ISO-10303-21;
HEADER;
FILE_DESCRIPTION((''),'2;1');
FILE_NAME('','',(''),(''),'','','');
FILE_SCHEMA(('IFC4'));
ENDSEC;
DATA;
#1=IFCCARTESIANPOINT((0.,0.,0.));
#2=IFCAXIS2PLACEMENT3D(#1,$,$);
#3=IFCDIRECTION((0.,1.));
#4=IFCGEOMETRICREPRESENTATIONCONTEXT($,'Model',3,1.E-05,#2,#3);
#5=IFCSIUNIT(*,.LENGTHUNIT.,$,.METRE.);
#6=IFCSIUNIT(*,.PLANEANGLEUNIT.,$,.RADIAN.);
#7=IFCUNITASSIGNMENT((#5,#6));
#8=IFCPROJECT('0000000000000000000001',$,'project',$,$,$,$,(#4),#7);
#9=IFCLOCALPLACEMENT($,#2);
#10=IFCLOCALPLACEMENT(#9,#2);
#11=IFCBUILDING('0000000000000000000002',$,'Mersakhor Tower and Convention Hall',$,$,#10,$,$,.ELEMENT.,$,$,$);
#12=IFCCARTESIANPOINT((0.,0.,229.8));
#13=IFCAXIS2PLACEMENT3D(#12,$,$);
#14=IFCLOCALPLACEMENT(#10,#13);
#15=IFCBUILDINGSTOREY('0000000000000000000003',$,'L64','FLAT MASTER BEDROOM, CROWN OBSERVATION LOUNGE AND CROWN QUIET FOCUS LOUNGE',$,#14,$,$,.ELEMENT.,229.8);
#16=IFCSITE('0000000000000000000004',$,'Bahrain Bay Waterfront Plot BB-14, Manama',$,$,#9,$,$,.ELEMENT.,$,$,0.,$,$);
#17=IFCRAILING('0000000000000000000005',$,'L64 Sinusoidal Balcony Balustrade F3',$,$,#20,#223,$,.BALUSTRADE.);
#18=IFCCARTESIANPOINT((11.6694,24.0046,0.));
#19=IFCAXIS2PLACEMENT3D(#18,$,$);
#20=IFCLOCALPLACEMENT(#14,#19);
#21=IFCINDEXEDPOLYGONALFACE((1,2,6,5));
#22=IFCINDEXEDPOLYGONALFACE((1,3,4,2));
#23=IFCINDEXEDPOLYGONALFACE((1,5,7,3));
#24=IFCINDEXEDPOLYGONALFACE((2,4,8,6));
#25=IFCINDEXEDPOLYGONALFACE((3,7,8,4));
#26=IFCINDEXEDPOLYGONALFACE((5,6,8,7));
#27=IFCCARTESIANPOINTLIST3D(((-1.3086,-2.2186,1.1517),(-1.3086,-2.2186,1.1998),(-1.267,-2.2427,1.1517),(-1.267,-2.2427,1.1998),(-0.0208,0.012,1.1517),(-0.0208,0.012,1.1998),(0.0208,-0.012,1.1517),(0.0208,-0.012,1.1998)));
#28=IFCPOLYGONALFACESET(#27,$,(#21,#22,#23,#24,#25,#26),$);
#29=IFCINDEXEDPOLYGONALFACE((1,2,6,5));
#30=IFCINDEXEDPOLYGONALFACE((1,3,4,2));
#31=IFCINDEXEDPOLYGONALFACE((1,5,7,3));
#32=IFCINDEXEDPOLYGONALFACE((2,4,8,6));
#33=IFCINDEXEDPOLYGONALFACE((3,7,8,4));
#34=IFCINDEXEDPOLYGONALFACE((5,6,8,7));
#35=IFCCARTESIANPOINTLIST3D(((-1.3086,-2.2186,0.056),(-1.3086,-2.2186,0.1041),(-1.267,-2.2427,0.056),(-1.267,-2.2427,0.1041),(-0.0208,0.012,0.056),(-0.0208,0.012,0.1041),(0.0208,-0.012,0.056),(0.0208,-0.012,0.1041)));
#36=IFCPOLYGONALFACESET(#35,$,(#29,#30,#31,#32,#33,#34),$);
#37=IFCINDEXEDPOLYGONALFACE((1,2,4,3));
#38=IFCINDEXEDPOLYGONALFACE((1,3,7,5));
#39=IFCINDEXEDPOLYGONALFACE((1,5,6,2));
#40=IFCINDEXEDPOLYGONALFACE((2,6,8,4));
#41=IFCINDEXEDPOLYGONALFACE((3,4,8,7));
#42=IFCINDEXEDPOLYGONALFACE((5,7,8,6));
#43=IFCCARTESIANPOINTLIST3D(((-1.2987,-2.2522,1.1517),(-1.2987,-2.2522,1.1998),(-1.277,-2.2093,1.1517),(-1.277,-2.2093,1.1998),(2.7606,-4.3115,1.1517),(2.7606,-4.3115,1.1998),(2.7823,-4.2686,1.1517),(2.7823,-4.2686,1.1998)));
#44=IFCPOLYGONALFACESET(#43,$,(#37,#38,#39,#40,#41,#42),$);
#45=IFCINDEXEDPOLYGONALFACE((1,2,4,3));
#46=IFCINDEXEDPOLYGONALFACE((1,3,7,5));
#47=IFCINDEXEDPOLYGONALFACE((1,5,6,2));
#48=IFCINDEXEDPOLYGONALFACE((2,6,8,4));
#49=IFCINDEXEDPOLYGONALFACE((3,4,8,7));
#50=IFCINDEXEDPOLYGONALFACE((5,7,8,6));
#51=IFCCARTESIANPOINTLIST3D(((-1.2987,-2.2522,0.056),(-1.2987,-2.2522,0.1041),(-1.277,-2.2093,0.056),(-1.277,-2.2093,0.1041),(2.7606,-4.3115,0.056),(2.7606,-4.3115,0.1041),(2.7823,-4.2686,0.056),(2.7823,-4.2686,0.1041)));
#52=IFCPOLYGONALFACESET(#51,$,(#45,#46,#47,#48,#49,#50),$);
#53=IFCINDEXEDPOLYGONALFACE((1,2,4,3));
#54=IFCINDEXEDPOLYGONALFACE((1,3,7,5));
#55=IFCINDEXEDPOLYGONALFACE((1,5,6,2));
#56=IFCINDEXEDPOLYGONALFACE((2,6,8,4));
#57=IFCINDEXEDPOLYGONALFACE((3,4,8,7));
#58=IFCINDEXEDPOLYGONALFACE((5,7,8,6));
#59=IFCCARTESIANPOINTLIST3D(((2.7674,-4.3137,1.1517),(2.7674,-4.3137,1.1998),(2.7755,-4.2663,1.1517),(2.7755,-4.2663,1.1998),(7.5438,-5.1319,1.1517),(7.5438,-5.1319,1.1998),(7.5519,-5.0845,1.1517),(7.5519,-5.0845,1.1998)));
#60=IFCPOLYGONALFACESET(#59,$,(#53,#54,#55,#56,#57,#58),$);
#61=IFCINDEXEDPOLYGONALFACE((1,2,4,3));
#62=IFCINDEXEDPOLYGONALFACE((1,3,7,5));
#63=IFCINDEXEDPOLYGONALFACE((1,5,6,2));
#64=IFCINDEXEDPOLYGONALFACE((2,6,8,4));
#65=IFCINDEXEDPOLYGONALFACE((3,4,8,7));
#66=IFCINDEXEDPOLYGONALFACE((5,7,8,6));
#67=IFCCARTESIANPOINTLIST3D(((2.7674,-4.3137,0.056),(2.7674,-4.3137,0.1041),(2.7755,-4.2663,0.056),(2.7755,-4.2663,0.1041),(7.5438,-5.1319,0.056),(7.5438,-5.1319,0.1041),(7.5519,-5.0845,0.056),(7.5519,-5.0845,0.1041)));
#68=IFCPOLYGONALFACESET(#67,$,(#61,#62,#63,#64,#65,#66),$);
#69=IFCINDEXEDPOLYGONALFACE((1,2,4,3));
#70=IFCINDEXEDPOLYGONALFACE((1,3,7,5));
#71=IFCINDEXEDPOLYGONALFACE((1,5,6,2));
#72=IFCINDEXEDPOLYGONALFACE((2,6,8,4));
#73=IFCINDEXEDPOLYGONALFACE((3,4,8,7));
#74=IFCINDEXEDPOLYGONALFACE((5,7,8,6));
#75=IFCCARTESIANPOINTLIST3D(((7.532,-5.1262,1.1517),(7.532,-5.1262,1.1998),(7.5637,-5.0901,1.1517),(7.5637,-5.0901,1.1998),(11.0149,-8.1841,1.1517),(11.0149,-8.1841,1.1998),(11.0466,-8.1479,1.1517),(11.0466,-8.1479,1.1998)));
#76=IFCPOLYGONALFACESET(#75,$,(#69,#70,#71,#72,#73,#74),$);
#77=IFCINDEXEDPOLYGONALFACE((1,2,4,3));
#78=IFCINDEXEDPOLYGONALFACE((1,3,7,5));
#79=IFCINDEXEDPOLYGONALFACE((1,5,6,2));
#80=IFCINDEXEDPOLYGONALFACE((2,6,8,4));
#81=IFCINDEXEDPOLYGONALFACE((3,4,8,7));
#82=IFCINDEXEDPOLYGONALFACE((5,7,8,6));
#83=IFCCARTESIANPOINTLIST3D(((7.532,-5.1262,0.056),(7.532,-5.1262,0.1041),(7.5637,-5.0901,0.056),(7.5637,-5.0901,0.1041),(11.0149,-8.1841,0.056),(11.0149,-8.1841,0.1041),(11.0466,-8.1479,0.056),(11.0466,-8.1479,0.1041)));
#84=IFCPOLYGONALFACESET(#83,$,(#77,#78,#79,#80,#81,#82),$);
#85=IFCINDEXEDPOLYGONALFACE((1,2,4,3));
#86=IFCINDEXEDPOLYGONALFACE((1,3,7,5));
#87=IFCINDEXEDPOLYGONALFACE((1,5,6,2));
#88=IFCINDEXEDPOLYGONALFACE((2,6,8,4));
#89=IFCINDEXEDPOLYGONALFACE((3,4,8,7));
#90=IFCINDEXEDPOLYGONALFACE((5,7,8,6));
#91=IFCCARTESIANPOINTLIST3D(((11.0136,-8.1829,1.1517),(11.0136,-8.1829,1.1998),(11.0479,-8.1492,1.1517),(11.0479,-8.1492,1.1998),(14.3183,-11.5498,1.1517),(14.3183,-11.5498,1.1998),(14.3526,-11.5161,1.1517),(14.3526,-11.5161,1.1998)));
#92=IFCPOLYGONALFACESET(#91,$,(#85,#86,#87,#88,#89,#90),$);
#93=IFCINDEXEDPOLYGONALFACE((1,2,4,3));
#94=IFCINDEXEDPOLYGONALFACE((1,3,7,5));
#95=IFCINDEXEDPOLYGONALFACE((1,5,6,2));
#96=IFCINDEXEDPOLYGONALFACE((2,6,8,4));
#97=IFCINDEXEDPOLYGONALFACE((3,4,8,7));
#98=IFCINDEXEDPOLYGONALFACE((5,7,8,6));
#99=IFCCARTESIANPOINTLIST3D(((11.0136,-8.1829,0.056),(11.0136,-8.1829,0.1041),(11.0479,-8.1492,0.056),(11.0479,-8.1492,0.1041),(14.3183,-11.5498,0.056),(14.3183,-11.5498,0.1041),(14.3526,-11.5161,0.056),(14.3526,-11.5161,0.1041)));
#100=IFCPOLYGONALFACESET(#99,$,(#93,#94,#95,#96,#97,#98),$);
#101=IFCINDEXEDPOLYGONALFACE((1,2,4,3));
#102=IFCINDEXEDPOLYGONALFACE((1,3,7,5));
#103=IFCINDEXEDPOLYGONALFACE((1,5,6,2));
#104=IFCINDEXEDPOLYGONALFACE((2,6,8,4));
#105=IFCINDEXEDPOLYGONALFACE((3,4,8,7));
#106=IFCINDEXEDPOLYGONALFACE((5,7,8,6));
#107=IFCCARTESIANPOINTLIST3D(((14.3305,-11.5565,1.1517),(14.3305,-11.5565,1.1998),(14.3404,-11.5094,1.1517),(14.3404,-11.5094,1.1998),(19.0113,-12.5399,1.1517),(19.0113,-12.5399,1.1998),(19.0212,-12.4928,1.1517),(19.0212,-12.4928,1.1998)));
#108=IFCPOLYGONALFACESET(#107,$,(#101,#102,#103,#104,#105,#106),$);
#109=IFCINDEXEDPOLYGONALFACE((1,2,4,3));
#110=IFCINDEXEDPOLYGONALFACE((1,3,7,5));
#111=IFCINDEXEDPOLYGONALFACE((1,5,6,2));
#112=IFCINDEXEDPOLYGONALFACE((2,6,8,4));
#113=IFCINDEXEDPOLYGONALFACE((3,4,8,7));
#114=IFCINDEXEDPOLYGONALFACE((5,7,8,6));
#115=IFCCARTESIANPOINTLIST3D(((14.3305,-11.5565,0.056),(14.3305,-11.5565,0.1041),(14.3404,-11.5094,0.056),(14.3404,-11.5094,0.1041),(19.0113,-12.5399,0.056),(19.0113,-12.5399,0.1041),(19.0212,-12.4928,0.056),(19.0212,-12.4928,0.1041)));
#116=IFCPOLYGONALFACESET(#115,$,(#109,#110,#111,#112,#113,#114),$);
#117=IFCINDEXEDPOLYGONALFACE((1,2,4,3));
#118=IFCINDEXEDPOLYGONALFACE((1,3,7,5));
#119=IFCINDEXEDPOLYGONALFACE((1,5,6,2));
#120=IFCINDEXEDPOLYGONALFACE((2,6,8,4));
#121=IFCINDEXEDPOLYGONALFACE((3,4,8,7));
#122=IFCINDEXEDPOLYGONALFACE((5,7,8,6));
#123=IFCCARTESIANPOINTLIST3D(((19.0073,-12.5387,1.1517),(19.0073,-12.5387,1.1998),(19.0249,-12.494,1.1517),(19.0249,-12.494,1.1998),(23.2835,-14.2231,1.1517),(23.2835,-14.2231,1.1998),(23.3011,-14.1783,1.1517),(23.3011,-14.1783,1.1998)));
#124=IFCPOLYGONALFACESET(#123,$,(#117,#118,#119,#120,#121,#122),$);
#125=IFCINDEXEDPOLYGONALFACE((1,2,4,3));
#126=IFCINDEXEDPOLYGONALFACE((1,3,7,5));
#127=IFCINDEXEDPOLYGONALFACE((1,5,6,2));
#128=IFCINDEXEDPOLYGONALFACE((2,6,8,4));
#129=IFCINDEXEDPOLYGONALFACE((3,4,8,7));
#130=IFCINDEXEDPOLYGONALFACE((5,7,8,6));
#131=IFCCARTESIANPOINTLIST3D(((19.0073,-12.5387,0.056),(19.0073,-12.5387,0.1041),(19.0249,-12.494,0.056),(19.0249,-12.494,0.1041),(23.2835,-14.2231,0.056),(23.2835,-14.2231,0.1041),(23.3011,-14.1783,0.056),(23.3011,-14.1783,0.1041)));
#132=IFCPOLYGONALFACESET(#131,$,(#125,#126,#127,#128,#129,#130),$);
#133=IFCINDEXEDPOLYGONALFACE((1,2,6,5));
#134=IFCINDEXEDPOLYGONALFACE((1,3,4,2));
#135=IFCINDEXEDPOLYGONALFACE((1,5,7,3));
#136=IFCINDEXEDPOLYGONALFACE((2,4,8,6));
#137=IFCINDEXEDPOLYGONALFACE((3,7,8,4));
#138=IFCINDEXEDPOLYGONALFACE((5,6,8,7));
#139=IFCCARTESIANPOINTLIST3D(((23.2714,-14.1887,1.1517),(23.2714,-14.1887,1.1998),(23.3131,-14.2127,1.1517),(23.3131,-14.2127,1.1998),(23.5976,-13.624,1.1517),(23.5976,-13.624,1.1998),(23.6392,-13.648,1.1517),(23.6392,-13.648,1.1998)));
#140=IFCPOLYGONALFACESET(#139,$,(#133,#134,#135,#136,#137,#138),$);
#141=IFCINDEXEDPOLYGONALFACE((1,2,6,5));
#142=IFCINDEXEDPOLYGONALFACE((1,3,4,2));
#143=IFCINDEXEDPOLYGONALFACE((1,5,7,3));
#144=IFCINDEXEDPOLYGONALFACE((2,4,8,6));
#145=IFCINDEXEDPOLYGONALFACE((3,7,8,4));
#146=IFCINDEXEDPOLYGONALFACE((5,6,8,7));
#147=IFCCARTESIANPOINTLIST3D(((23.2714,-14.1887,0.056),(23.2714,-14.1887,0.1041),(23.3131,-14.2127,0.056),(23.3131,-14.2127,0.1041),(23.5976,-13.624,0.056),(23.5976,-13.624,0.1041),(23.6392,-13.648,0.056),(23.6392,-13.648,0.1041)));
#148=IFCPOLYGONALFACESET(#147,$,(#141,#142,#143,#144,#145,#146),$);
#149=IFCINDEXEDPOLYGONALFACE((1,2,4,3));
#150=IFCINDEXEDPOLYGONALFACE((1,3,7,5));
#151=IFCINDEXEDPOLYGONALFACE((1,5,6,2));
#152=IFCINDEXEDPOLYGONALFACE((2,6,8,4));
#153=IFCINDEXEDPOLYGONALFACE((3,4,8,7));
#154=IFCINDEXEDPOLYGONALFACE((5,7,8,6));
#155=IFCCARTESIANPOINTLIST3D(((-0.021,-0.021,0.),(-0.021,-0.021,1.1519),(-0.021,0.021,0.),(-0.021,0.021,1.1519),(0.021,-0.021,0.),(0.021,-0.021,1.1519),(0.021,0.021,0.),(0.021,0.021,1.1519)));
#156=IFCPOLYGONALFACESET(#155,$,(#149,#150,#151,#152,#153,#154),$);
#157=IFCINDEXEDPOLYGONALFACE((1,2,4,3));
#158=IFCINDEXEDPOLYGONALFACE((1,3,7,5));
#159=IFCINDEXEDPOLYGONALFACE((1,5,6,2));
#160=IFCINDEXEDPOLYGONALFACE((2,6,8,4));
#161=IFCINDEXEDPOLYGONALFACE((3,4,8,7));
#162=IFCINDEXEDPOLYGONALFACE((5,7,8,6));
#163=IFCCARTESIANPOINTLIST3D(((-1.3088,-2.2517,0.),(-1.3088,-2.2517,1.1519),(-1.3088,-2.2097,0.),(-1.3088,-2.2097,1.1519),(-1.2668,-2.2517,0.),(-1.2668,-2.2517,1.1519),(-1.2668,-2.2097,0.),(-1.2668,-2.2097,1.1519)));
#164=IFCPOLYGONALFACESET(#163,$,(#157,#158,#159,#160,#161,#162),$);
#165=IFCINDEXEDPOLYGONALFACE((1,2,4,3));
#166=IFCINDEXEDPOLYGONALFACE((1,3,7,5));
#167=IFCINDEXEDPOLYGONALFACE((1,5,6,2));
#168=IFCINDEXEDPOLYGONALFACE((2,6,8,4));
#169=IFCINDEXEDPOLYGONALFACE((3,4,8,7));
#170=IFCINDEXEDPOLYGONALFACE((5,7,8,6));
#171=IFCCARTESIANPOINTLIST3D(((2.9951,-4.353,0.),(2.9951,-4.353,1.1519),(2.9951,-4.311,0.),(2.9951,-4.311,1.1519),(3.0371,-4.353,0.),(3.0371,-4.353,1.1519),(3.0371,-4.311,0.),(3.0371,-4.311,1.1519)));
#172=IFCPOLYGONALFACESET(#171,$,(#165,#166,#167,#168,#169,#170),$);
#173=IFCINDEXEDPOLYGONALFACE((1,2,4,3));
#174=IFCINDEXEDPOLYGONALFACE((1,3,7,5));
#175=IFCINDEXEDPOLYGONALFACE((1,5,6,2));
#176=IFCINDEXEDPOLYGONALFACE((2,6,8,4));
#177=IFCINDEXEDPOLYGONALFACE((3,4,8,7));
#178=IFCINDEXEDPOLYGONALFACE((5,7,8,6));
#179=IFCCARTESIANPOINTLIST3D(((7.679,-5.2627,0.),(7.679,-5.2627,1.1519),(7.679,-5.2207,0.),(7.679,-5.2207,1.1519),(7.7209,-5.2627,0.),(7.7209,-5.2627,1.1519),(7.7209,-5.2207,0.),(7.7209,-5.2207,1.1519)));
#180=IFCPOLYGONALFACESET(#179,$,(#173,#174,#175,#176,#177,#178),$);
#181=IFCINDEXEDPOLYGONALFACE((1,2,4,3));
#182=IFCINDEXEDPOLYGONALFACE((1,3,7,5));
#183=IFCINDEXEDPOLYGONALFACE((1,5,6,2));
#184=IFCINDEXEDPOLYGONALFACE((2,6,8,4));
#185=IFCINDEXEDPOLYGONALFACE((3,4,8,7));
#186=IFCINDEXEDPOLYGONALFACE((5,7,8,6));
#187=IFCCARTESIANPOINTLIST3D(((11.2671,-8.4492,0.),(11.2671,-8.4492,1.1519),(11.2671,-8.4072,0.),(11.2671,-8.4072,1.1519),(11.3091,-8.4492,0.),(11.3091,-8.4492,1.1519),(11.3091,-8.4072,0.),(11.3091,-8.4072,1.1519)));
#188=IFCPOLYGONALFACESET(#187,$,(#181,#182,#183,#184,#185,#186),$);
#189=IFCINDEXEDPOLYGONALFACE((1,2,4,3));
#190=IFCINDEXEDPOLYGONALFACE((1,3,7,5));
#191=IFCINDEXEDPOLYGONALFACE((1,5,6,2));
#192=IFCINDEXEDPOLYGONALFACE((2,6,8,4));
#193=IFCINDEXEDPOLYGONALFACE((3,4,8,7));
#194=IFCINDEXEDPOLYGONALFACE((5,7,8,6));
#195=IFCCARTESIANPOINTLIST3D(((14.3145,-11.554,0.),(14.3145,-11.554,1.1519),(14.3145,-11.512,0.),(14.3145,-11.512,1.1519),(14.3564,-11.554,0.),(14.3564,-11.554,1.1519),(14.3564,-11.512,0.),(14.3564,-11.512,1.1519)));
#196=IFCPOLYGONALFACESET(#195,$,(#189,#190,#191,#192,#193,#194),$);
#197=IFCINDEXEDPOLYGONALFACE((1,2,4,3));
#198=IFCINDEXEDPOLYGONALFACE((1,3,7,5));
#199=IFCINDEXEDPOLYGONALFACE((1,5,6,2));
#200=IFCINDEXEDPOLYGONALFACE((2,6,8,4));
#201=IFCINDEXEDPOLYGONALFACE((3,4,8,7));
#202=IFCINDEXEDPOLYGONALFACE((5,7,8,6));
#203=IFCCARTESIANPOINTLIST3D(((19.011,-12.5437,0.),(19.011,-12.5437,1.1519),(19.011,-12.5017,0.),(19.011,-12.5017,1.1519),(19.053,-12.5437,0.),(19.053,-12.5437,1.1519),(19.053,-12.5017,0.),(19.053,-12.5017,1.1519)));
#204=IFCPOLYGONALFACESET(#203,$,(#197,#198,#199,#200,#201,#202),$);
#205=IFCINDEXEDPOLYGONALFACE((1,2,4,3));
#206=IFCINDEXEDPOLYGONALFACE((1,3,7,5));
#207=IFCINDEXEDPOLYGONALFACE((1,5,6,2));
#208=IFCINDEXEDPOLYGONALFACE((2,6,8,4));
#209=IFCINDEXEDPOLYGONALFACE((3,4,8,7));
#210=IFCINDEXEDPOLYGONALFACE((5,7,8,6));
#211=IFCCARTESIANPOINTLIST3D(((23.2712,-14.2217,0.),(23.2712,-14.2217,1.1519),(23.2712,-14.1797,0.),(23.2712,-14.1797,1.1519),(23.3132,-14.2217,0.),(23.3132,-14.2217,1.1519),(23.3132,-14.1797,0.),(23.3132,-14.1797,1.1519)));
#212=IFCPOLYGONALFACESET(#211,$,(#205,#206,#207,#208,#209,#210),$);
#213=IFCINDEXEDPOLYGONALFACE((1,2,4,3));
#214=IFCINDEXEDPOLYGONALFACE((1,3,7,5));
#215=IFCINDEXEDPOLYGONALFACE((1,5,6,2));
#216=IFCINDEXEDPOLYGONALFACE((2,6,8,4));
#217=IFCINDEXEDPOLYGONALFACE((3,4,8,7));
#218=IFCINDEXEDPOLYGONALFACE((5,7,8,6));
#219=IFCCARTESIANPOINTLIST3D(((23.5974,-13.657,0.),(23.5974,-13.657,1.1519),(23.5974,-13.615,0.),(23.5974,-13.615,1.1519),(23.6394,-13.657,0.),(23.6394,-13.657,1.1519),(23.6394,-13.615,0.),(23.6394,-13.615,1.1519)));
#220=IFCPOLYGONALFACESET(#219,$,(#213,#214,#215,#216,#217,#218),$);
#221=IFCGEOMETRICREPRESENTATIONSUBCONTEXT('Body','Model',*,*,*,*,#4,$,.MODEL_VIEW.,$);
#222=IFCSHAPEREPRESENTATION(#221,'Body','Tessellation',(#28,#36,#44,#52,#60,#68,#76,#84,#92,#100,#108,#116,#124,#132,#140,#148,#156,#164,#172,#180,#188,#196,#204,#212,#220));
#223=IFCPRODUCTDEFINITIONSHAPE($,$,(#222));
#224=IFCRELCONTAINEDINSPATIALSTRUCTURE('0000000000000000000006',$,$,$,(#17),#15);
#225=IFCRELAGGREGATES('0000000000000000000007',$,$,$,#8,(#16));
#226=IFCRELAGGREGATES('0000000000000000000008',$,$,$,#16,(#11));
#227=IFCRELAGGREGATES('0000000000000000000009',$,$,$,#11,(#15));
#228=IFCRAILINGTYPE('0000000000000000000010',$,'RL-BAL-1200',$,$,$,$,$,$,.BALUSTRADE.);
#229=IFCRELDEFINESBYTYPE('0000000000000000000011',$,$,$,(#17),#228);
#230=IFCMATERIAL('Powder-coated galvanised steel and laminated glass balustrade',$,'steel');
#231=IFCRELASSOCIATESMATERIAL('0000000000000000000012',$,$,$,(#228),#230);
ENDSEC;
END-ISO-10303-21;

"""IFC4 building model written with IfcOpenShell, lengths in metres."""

from ifc_helpers import new_model, si_unit, direction, frame, origin, origin_2d, place, context, subcontext, project, spatial, rectangle, extrude, material, type_object, element, save


model = new_model("IFC4")

# Units and contexts
model_context = context("Model", 3, precision=1e-05, world=origin(), true_north=direction((0.0, 1.0)))
body_context = subcontext(model_context, "Body", "Model", "MODEL_VIEW")
ifc_project = project(units=[si_unit("LENGTHUNIT", "METRE"), si_unit("PLANEANGLEUNIT", "RADIAN")], contexts=[model_context])

# Site, building, storey
site_placement = place(None, origin())
site = spatial("IfcSite", under=ifc_project, at=site_placement, Name="Bahrain Bay Waterfront Plot BB-14, Manama", CompositionType="ELEMENT", RefElevation=0.0)
building_placement = place(site_placement, origin())
building = spatial("IfcBuilding", under=site, at=building_placement, Name="Mersakhor Tower and Convention Hall", CompositionType="ELEMENT")
storey_placement = place(building_placement, frame((0.0, 0.0, 229.8)))
storey = spatial("IfcBuildingStorey", under=building, at=storey_placement, Name="L64", Description="FLAT MASTER BEDROOM, CROWN OBSERVATION LOUNGE AND CROWN QUIET FOCUS LOUNGE", CompositionType="ELEMENT", Elevation=229.8)

# Railing
ifc_material_1 = material(Name="Powder-coated galvanised steel and laminated glass balustrade", Category="steel")
railing_type = type_object("IfcRailingType", Name="RL-BAL-1200", PredefinedType="BALUSTRADE", material=ifc_material_1)
railing_placement = place(storey_placement, frame((11.6694, 24.0046, 0.0)))
element("IfcRailing", 1, at=railing_placement, inside=storey, type_object=railing_type, Name="L64 Sinusoidal Balcony Balustrade F3", PredefinedType="BALUSTRADE", context=body_context, shape_type="SweptSolid", body=[
    extrude(rectangle(XDim=0.0481, YDim=0.0481, at=origin_2d()), frame((0.0, 0.0, 1.1758), z_axis=(-0.499982, -0.866036, 0.0), x_axis=(0.866036, -0.499982, 0.0)), (0.0, 0.0, 1.0), 2.5757),
    extrude(rectangle(XDim=0.0481, YDim=0.0481, at=origin_2d()), frame((0.0, 0.0, 0.0801), z_axis=(-0.499982, -0.866036, 0.0), x_axis=(0.866036, -0.499982, 0.0)), (0.0, 0.0, 1.0), 2.5757),
    extrude(rectangle(XDim=0.0481, YDim=0.0481, at=origin_2d()), frame((-1.2878, -2.2307, 1.1758), z_axis=(0.891805, -0.452419, 0.0), x_axis=(0.452419, 0.891805, 0.0)), (0.0, 0.0, 1.0), 4.5518),
    extrude(rectangle(XDim=0.0481, YDim=0.0481, at=origin_2d()), frame((-1.2878, -2.2307, 0.0801), z_axis=(0.891805, -0.452419, 0.0), x_axis=(0.452419, 0.891805, 0.0)), (0.0, 0.0, 1.0), 4.5518),
    extrude(rectangle(XDim=0.0481, YDim=0.0481, at=origin_2d()), frame((2.7715, -4.29, 1.1758), z_axis=(0.985646, -0.168825, 0.0), x_axis=(0.168825, 0.985646, 0.0)), (0.0, 0.0, 1.0), 4.8459),
    extrude(rectangle(XDim=0.0481, YDim=0.0481, at=origin_2d()), frame((2.7715, -4.29, 0.0801), z_axis=(0.985646, -0.168825, 0.0), x_axis=(0.168825, 0.985646, 0.0)), (0.0, 0.0, 1.0), 4.8459),
    extrude(rectangle(XDim=0.0481, YDim=0.0481, at=origin_2d()), frame((7.5479, -5.1082, 1.1758), z_axis=(0.751473, -0.659764, 0.0), x_axis=(0.659764, 0.751473, 0.0)), (0.0, 0.0, 1.0), 4.6348),
    extrude(rectangle(XDim=0.0481, YDim=0.0481, at=origin_2d()), frame((7.5479, -5.1082, 0.0801), z_axis=(0.751473, -0.659764, 0.0), x_axis=(0.659764, 0.751473, 0.0)), (0.0, 0.0, 1.0), 4.6348),
    extrude(rectangle(XDim=0.0481, YDim=0.0481, at=origin_2d()), frame((11.0308, -8.166, 1.1758), z_axis=(0.700478, -0.713674, 0.0), x_axis=(0.713674, 0.700478, 0.0)), (0.0, 0.0, 1.0), 4.7178),
    extrude(rectangle(XDim=0.0481, YDim=0.0481, at=origin_2d()), frame((11.0308, -8.166, 0.0801), z_axis=(0.700478, -0.713674, 0.0), x_axis=(0.713674, 0.700478, 0.0)), (0.0, 0.0, 1.0), 4.7178),
    extrude(rectangle(XDim=0.0481, YDim=0.0481, at=origin_2d()), frame((14.3354, -11.533, 1.1758), z_axis=(0.978634, -0.205609, 0.0), x_axis=(0.205609, 0.978634, 0.0)), (0.0, 0.0, 1.0), 4.783),
    extrude(rectangle(XDim=0.0481, YDim=0.0481, at=origin_2d()), frame((14.3354, -11.533, 0.0801), z_axis=(0.978634, -0.205609, 0.0), x_axis=(0.205609, 0.978634, 0.0)), (0.0, 0.0, 1.0), 4.783),
    extrude(rectangle(XDim=0.0481, YDim=0.0481, at=origin_2d()), frame((19.0161, -12.5164, 1.1758), z_axis=(0.930424, -0.366486, 0.0), x_axis=(0.366486, 0.930424, 0.0)), (0.0, 0.0, 1.0), 4.5959),
    extrude(rectangle(XDim=0.0481, YDim=0.0481, at=origin_2d()), frame((19.0161, -12.5164, 0.0801), z_axis=(0.930424, -0.366486, 0.0), x_axis=(0.366486, 0.930424, 0.0)), (0.0, 0.0, 1.0), 4.5959),
    extrude(rectangle(XDim=0.0481, YDim=0.0481, at=origin_2d()), frame((23.2922, -14.2007, 1.1758), z_axis=(0.500165, 0.86593, 0.0), x_axis=(-0.86593, 0.500165, 0.0)), (0.0, 0.0, 1.0), 0.6521),
    extrude(rectangle(XDim=0.0481, YDim=0.0481, at=origin_2d()), frame((23.2922, -14.2007, 0.0801), z_axis=(0.500165, 0.86593, 0.0), x_axis=(-0.86593, 0.500165, 0.0)), (0.0, 0.0, 1.0), 0.6521),
    extrude(rectangle(XDim=0.042, YDim=0.042, at=origin_2d()), origin(), (0.0, 0.0, 1.0), 1.1519),
    extrude(rectangle(XDim=0.042, YDim=0.042, at=origin_2d()), frame((-1.2878, -2.2307, 0.0)), (0.0, 0.0, 1.0), 1.1519),
    extrude(rectangle(XDim=0.042, YDim=0.042, at=origin_2d()), frame((3.0161, -4.332, 0.0)), (0.0, 0.0, 1.0), 1.1519),
    extrude(rectangle(XDim=0.042, YDim=0.042, at=origin_2d()), frame((7.7, -5.2417, 0.0)), (0.0, 0.0, 1.0), 1.1519),
    extrude(rectangle(XDim=0.042, YDim=0.042, at=origin_2d()), frame((11.2881, -8.4282, 0.0)), (0.0, 0.0, 1.0), 1.1519),
    extrude(rectangle(XDim=0.042, YDim=0.042, at=origin_2d()), frame((14.3354, -11.533, 0.0)), (0.0, 0.0, 1.0), 1.1519),
    extrude(rectangle(XDim=0.042, YDim=0.042, at=origin_2d()), frame((19.032, -12.5227, 0.0)), (0.0, 0.0, 1.0), 1.1519),
    extrude(rectangle(XDim=0.042, YDim=0.042, at=origin_2d()), frame((23.2922, -14.2007, 0.0)), (0.0, 0.0, 1.0), 1.1519),
    extrude(rectangle(XDim=0.042, YDim=0.042, at=origin_2d()), frame((23.6184, -13.636, 0.0)), (0.0, 0.0, 1.0), 1.1519),
])

save(model, "model.ifc")
